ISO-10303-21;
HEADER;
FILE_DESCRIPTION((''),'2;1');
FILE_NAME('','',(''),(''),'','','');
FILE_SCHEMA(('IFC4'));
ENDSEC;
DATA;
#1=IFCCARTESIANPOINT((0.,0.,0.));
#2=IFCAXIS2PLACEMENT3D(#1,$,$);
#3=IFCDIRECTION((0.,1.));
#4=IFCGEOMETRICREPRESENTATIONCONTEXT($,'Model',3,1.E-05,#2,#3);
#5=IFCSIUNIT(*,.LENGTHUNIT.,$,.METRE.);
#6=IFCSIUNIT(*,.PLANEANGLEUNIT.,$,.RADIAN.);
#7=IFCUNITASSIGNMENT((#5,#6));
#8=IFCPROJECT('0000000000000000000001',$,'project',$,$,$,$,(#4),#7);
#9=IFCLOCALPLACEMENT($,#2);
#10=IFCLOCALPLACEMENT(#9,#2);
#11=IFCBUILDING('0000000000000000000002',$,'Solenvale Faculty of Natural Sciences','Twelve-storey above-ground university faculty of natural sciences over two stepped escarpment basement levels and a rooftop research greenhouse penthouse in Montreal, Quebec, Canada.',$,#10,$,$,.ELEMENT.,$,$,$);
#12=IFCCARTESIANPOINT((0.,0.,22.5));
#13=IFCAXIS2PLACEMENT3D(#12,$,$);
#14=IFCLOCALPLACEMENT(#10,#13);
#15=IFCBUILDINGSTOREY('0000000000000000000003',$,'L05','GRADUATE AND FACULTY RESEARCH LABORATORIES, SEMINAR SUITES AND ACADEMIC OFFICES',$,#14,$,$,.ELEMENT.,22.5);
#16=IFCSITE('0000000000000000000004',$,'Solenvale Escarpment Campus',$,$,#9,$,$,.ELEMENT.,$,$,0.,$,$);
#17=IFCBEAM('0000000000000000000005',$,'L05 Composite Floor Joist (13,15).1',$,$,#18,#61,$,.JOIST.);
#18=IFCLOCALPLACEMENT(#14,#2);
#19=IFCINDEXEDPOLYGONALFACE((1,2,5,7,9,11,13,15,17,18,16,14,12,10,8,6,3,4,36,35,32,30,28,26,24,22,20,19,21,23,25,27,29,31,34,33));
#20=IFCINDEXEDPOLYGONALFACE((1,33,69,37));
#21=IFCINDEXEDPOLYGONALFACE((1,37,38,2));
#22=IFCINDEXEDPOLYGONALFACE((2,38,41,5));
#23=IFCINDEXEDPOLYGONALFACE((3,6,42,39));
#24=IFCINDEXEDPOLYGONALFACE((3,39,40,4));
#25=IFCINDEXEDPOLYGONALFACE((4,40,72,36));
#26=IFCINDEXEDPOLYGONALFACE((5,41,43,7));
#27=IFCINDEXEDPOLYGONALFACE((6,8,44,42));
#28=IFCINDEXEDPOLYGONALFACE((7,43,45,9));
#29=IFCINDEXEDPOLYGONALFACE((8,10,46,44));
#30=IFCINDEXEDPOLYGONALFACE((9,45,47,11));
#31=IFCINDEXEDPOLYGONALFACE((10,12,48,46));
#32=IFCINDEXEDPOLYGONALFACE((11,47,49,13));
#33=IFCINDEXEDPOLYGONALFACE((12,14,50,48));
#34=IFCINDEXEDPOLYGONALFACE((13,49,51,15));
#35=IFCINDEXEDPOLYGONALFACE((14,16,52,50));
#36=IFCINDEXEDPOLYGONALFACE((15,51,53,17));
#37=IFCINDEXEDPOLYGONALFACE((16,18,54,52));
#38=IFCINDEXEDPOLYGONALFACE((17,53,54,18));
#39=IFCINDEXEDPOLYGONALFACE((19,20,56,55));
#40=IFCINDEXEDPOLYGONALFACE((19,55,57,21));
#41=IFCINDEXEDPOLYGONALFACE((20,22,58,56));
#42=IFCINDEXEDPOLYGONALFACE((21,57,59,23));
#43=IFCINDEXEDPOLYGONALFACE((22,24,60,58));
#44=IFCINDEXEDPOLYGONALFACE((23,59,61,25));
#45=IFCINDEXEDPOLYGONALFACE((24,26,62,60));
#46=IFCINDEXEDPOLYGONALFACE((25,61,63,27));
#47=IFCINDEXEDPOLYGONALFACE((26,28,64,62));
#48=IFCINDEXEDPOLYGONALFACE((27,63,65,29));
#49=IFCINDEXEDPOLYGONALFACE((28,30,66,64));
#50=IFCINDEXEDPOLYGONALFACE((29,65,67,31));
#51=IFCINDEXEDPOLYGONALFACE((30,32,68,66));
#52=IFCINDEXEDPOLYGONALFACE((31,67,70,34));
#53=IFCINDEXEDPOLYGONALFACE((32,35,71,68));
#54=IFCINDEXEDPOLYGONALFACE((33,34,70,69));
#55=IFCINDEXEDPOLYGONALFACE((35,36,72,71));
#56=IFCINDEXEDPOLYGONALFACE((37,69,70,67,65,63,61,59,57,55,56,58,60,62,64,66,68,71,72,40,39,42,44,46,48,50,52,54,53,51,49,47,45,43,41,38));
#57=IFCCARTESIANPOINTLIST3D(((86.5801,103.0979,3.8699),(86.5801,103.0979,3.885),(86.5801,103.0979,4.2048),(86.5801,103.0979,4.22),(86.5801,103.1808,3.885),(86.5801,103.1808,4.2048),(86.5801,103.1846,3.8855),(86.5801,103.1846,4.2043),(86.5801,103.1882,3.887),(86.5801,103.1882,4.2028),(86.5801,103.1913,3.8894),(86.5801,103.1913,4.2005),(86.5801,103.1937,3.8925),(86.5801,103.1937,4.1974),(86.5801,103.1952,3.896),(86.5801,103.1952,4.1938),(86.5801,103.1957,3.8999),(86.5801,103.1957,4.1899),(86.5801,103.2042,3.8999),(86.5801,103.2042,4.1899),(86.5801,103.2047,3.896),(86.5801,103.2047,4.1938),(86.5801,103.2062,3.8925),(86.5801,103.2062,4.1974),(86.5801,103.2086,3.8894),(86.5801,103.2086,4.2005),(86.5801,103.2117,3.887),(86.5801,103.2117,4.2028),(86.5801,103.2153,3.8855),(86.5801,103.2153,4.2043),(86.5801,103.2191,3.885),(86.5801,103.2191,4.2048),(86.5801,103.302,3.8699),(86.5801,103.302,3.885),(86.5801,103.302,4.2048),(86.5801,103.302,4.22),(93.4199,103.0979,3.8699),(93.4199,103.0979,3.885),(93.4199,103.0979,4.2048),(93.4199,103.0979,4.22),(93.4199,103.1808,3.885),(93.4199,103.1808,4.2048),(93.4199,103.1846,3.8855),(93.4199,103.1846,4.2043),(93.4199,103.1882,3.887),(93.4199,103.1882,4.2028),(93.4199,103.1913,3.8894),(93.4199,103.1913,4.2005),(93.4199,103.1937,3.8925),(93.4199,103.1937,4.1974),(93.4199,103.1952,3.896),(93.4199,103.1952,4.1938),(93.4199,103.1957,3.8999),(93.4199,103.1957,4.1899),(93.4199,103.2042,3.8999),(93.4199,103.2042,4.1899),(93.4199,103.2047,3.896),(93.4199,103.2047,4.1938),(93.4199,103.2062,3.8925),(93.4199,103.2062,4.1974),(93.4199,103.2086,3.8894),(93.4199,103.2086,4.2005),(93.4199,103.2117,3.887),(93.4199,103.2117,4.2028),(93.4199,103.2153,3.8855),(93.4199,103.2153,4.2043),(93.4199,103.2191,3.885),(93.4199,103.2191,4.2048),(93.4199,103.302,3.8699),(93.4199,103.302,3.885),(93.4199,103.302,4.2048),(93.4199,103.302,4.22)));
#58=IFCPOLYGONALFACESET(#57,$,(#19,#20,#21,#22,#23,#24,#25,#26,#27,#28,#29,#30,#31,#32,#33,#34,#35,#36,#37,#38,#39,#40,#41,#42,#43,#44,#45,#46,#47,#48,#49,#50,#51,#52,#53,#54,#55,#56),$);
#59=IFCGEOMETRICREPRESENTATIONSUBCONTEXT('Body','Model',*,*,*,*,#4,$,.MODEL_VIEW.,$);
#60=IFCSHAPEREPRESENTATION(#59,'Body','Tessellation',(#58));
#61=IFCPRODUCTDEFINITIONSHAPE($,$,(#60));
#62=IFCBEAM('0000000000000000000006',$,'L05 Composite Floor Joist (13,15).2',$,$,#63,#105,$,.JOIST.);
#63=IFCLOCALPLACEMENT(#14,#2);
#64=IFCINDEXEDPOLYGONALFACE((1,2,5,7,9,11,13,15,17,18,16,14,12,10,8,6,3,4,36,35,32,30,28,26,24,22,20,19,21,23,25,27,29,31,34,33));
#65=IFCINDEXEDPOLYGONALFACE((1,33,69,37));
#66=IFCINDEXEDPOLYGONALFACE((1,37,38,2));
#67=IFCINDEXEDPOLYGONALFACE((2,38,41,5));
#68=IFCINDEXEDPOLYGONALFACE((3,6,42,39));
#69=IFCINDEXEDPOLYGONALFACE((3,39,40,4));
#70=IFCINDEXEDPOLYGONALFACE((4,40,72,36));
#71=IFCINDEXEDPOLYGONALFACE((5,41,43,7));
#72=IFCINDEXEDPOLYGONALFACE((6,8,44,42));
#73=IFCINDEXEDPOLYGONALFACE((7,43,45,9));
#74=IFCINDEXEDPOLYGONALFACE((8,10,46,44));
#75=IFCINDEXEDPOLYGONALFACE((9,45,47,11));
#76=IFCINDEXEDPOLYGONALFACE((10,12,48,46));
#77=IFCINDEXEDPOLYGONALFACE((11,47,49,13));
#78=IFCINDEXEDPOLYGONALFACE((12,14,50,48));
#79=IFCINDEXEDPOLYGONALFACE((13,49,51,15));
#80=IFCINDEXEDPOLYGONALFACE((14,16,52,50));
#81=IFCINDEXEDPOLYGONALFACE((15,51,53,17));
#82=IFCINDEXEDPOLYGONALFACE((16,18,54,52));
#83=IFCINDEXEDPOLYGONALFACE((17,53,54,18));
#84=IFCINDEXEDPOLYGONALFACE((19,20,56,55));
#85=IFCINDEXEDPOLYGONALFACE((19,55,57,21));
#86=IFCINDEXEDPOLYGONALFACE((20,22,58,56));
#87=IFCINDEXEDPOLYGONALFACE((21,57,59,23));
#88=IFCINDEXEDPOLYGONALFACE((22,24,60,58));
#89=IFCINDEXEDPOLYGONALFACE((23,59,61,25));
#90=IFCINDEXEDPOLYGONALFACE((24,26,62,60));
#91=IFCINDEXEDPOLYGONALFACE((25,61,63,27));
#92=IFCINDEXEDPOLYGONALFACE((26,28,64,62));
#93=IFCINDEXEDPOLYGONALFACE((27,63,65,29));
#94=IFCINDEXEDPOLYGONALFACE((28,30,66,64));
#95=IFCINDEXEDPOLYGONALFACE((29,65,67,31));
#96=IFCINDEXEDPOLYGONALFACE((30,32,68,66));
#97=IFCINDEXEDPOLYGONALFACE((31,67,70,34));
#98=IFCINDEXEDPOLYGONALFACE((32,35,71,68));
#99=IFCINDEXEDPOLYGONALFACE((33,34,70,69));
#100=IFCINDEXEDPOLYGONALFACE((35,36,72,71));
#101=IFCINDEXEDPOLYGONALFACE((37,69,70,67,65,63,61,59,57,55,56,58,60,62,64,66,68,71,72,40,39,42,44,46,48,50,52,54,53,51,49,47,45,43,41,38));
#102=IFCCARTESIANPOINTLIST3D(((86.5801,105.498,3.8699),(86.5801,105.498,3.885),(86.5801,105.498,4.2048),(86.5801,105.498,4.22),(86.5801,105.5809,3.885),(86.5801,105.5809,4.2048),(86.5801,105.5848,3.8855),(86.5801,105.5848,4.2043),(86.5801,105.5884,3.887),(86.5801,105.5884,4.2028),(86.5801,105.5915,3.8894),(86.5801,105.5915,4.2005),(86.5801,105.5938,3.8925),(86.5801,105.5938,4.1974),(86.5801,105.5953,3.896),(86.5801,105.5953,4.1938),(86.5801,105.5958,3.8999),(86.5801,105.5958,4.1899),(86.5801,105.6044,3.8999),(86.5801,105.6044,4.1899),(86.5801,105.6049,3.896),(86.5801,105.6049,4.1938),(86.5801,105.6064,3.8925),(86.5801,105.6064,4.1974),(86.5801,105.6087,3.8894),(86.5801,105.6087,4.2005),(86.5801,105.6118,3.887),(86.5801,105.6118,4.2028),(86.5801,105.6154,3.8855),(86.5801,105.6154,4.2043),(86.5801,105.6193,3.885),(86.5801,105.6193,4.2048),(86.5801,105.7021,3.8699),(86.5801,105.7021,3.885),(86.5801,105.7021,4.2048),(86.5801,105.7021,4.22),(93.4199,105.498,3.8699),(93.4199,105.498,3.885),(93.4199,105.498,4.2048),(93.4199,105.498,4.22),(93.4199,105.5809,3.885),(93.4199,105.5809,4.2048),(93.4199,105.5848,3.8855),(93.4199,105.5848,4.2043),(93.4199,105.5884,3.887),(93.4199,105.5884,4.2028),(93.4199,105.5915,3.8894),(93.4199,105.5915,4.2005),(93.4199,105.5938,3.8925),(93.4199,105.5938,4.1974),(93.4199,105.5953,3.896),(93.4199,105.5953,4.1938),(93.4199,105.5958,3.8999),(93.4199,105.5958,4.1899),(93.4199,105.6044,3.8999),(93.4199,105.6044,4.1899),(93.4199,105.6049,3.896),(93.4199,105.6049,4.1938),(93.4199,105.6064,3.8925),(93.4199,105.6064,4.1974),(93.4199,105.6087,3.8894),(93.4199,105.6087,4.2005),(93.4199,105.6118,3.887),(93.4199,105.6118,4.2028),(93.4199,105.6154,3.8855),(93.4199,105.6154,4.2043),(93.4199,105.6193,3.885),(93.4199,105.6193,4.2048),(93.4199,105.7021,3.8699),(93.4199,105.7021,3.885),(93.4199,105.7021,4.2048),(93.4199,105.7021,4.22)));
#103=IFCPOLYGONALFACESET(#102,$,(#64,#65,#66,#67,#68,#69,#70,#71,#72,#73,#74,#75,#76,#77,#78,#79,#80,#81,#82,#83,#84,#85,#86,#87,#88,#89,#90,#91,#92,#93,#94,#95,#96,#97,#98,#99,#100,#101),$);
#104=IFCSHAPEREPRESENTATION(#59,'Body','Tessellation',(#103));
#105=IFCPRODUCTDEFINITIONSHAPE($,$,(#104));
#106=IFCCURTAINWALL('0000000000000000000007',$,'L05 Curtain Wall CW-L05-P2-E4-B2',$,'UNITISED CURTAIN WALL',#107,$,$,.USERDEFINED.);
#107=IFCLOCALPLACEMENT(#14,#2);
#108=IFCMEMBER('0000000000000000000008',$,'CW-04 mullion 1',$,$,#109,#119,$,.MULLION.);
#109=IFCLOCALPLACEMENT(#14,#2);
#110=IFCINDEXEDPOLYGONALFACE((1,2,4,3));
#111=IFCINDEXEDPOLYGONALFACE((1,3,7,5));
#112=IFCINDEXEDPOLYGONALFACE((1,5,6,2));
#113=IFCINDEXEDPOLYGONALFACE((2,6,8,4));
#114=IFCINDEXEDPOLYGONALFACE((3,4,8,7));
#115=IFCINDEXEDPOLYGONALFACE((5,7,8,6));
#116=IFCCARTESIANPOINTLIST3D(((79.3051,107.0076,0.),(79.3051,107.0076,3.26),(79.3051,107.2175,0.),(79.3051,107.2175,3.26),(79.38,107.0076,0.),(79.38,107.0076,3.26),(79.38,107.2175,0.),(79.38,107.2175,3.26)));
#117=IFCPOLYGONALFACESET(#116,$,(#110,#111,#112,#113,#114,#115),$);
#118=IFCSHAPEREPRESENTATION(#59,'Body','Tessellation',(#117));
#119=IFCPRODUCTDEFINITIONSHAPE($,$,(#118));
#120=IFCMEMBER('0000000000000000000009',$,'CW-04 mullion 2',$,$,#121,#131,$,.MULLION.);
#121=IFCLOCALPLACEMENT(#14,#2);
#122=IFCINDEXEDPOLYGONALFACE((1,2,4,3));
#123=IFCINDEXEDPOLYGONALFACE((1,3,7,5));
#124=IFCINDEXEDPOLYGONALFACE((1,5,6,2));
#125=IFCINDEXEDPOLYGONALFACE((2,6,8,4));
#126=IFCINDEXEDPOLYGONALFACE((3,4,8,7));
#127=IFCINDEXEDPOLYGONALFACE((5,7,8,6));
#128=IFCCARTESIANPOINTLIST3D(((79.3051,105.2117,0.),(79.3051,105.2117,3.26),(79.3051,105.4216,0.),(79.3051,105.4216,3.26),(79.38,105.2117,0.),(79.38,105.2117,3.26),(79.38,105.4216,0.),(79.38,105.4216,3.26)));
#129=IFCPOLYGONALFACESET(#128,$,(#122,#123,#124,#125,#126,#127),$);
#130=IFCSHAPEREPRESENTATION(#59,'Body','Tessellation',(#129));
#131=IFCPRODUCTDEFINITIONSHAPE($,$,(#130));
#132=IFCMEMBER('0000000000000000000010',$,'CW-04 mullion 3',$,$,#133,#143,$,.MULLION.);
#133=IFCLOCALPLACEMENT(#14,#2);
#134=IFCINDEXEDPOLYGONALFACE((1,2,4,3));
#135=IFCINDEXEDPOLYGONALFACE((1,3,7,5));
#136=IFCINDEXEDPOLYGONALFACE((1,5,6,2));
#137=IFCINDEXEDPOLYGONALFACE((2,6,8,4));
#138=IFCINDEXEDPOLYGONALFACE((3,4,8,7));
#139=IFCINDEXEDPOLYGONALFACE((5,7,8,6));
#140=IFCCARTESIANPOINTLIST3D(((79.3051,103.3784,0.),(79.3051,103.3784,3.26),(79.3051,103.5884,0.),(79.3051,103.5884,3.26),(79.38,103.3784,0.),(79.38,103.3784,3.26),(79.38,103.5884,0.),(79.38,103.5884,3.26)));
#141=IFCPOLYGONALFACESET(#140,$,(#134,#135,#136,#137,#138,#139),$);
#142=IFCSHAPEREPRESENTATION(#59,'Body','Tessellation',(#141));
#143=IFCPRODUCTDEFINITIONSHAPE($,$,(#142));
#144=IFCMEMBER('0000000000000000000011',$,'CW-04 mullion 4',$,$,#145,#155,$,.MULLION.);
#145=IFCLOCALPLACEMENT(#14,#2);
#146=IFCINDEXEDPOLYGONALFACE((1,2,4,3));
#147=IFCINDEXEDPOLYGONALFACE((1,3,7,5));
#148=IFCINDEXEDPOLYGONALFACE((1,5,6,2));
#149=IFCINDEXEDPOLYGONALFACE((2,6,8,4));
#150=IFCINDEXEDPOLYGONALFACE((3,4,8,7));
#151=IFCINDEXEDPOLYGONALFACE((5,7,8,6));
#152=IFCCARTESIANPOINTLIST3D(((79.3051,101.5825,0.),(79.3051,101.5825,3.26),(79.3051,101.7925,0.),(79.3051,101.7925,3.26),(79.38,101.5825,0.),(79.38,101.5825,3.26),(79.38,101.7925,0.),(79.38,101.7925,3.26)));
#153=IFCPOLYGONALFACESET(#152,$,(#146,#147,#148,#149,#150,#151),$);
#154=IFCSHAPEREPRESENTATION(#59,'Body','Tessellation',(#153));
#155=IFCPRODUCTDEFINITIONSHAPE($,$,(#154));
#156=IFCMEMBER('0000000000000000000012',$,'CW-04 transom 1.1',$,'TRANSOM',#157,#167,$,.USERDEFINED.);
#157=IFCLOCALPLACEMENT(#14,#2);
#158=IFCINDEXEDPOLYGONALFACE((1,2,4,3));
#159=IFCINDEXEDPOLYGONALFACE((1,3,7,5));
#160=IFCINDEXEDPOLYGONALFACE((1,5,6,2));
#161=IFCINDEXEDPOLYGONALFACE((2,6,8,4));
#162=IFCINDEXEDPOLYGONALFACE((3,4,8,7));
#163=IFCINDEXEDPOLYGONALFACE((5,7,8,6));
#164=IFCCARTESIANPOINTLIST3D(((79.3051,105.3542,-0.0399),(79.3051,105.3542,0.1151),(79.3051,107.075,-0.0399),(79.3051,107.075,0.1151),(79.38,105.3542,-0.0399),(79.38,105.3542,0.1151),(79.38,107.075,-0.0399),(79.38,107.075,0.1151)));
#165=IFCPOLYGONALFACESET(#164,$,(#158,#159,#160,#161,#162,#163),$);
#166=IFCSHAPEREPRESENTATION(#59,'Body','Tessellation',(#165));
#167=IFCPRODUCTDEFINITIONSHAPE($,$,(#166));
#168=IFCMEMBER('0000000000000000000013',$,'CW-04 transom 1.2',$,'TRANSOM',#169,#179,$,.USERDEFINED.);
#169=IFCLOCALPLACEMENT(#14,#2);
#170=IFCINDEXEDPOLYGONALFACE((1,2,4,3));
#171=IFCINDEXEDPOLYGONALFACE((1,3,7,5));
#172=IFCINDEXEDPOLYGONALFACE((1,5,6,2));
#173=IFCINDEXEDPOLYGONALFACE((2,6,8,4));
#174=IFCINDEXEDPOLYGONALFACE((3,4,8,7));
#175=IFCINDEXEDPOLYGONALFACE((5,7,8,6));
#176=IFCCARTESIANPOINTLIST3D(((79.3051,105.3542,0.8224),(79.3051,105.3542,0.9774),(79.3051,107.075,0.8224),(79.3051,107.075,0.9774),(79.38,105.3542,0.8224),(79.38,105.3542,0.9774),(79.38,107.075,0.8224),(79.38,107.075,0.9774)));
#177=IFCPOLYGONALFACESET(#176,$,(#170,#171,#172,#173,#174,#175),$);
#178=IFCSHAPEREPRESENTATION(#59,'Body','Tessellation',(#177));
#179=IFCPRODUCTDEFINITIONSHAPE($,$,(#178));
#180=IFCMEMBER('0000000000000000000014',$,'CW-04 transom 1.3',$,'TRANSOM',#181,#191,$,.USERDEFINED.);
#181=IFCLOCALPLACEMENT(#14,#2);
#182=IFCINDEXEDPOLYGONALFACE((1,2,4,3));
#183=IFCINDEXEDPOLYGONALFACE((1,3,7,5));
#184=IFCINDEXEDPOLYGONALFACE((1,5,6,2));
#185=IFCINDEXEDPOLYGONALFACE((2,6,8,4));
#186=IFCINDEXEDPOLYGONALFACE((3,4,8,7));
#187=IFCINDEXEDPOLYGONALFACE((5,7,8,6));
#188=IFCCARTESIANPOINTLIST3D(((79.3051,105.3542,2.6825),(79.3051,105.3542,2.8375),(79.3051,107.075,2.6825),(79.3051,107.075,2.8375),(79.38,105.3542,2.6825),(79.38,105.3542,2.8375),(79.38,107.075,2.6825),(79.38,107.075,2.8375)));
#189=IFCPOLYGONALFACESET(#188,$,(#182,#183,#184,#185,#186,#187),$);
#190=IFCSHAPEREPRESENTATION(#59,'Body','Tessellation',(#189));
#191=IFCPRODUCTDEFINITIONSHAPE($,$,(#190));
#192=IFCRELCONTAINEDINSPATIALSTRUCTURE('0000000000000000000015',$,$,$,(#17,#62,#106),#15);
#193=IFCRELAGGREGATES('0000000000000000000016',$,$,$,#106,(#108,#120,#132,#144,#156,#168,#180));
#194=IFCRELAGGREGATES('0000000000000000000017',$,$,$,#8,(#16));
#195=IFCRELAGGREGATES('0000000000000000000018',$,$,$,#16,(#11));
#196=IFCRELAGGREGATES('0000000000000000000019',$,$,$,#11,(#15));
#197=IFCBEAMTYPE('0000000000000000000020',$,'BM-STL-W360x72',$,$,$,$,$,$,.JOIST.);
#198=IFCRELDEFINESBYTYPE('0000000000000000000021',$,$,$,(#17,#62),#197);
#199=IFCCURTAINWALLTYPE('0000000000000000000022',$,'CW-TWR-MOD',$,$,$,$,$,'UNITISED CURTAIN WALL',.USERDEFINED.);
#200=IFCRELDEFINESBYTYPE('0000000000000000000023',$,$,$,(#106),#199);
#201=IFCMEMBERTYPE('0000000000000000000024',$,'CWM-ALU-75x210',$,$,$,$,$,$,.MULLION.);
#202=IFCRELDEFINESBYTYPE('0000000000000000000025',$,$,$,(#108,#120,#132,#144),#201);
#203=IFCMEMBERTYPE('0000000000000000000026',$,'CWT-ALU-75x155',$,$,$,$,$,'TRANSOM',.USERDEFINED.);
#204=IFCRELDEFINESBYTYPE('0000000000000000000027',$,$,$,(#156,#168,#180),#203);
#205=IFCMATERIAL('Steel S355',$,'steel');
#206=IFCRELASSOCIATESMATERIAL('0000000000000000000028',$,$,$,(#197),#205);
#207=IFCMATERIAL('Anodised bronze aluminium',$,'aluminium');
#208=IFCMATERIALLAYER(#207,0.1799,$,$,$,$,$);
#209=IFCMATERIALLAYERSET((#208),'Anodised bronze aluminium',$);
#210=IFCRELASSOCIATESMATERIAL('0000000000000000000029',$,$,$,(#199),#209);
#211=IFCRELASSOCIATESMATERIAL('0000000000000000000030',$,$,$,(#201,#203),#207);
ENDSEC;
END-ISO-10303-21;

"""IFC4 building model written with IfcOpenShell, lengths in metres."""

from ifc_helpers import new_model, si_unit, direction, frame, origin, origin_2d, place, context, subcontext, project, spatial, rectangle, i_section, extrude, material, layer, layer_set, material_profile, profile_set, type_object, element, aggregate, save


model = new_model("IFC4")

# Units and contexts
model_context = context("Model", 3, precision=1e-05, world=origin(), true_north=direction((0.0, 1.0)))
body_context = subcontext(model_context, "Body", "Model", "MODEL_VIEW")
ifc_project = project(units=[si_unit("LENGTHUNIT", "METRE"), si_unit("PLANEANGLEUNIT", "RADIAN")], contexts=[model_context])

# Site, building, storey
site_placement = place(None, origin())
site = spatial("IfcSite", under=ifc_project, at=site_placement, Name="Solenvale Escarpment Campus", CompositionType="ELEMENT", RefElevation=0.0)
building_placement = place(site_placement, origin())
building = spatial("IfcBuilding", under=site, at=building_placement, Name="Solenvale Faculty of Natural Sciences", Description="Twelve-storey above-ground university faculty of natural sciences over two stepped escarpment basement levels and a rooftop research greenhouse penthouse in Montreal, Quebec, Canada.", CompositionType="ELEMENT")
storey_placement = place(building_placement, frame((0.0, 0.0, 22.5)))
storey = spatial("IfcBuildingStorey", under=building, at=storey_placement, Name="L05", Description="GRADUATE AND FACULTY RESEARCH LABORATORIES, SEMINAR SUITES AND ACADEMIC OFFICES", CompositionType="ELEMENT", Elevation=22.5)

# Beams
ifc_material_1 = material(Name="Steel S355", Category="steel")
ifc_material_profile_1 = material_profile(ifc_material_1, i_section(OverallWidth=0.2041, OverallDepth=0.3501, WebThickness=0.0085, FlangeThickness=0.0151, FilletRadius=0.0149, at=origin_2d()), Name="W360x72")
ifc_profile_set_1 = profile_set([ifc_material_profile_1], Name="Steel S355")
beam_type_1 = type_object("IfcBeamType", Name="BM-STL-W360x72", PredefinedType="JOIST", material=ifc_profile_set_1)
for number, where, z_axis, x_axis, name in (
    (1, (86.5801, 103.2, 4.0449), (1.0, 0.0, 0.0), (0.0, 1.0, 0.0), "L05 Composite Floor Joist (13,15).1"),
    (2, (86.5801, 105.6001, 4.0449), (1.0, 0.0, 0.0), (0.0, 1.0, 0.0), "L05 Composite Floor Joist (13,15).2"),
):
    element("IfcBeam", number, at=place(storey_placement, frame(where, z_axis=z_axis, x_axis=x_axis)), inside=storey, type_object=beam_type_1, Name=name, PredefinedType="JOIST", context=body_context, shape_type="SweptSolid", body=[
        extrude(i_section(OverallWidth=0.2041, OverallDepth=0.3501, WebThickness=0.0085, FlangeThickness=0.0151, FilletRadius=0.0149, at=origin_2d()), origin(), (0.0, 0.0, 1.0), 6.8398),
    ])

# Curtain wall, members
ifc_material_2 = material(Name="Anodised bronze aluminium", Category="aluminium")
ifc_layer_1 = layer(ifc_material_2, 0.1799)
ifc_layer_set_1 = layer_set([ifc_layer_1], Name="Anodised bronze aluminium")
curtain_wall_type = type_object("IfcCurtainWallType", Name="CW-TWR-MOD", ElementType="UNITISED CURTAIN WALL", PredefinedType="USERDEFINED", material=ifc_layer_set_1)
curtain_wall_placement = place(storey_placement, origin())
curtain_wall = element("IfcCurtainWall", 3, at=curtain_wall_placement, inside=storey, type_object=curtain_wall_type, Name="L05 Curtain Wall CW-L05-P2-E4-B2", ObjectType="UNITISED CURTAIN WALL", PredefinedType="USERDEFINED")
ifc_material_profile_2 = material_profile(ifc_material_2, rectangle(XDim=0.075, YDim=0.21, at=origin_2d()), Name="ALU-MUL-75x210")
ifc_profile_set_2 = profile_set([ifc_material_profile_2], Name="Anodised bronze aluminium")
member_type_1 = type_object("IfcMemberType", Name="CWM-ALU-75x210", PredefinedType="MULLION", material=ifc_profile_set_2)
member_1_placement = place(storey_placement, frame((79.3425, 107.1125, 0.0), z_axis=(0.0, 0.0, 1.0), x_axis=(1.0, 0.0, 0.0)))
member_1 = element("IfcMember", 4, at=member_1_placement, type_object=member_type_1, Name="CW-04 mullion 1", PredefinedType="MULLION", context=body_context, shape_type="SweptSolid", body=[
    extrude(rectangle(XDim=0.075, YDim=0.21, at=origin_2d()), origin(), (0.0, 0.0, 1.0), 3.26),
])
member_2_placement = place(storey_placement, frame((79.3425, 105.3167, 0.0), z_axis=(0.0, 0.0, 1.0), x_axis=(1.0, 0.0, 0.0)))
member_2 = element("IfcMember", 5, at=member_2_placement, type_object=member_type_1, Name="CW-04 mullion 2", PredefinedType="MULLION", context=body_context, shape_type="SweptSolid", body=[
    extrude(rectangle(XDim=0.075, YDim=0.21, at=origin_2d()), origin(), (0.0, 0.0, 1.0), 3.26),
])
member_3_placement = place(storey_placement, frame((79.3425, 103.4834, 0.0), z_axis=(0.0, 0.0, 1.0), x_axis=(1.0, 0.0, 0.0)))
member_3 = element("IfcMember", 6, at=member_3_placement, type_object=member_type_1, Name="CW-04 mullion 3", PredefinedType="MULLION", context=body_context, shape_type="SweptSolid", body=[
    extrude(rectangle(XDim=0.075, YDim=0.21, at=origin_2d()), origin(), (0.0, 0.0, 1.0), 3.26),
])
member_4_placement = place(storey_placement, frame((79.3425, 101.6875, 0.0), z_axis=(0.0, 0.0, 1.0), x_axis=(1.0, 0.0, 0.0)))
member_4 = element("IfcMember", 7, at=member_4_placement, type_object=member_type_1, Name="CW-04 mullion 4", PredefinedType="MULLION", context=body_context, shape_type="SweptSolid", body=[
    extrude(rectangle(XDim=0.075, YDim=0.21, at=origin_2d()), origin(), (0.0, 0.0, 1.0), 3.26),
])
ifc_material_profile_3 = material_profile(ifc_material_2, rectangle(XDim=0.075, YDim=0.155, at=origin_2d()), Name="ALU-TRN-75x155")
ifc_profile_set_3 = profile_set([ifc_material_profile_3], Name="Anodised bronze aluminium")
member_type_2 = type_object("IfcMemberType", Name="CWT-ALU-75x155", ElementType="TRANSOM", PredefinedType="USERDEFINED", material=ifc_profile_set_3)
member_5_placement = place(storey_placement, frame((79.3425, 107.075, 0.0376), z_axis=(0.0, -1.0, 0.0), x_axis=(1.0, 0.0, 0.0)))
member_5 = element("IfcMember", 8, at=member_5_placement, type_object=member_type_2, Name="CW-04 transom 1.1", ObjectType="TRANSOM", PredefinedType="USERDEFINED", context=body_context, shape_type="SweptSolid", body=[
    extrude(rectangle(XDim=0.075, YDim=0.155, at=origin_2d()), origin(), (0.0, 0.0, 1.0), 1.7207),
])
member_6_placement = place(storey_placement, frame((79.3425, 107.075, 0.8999), z_axis=(0.0, -1.0, 0.0), x_axis=(1.0, 0.0, 0.0)))
member_6 = element("IfcMember", 9, at=member_6_placement, type_object=member_type_2, Name="CW-04 transom 1.2", ObjectType="TRANSOM", PredefinedType="USERDEFINED", context=body_context, shape_type="SweptSolid", body=[
    extrude(rectangle(XDim=0.075, YDim=0.155, at=origin_2d()), origin(), (0.0, 0.0, 1.0), 1.7207),
])
member_7_placement = place(storey_placement, frame((79.3425, 107.075, 2.76), z_axis=(0.0, -1.0, 0.0), x_axis=(1.0, 0.0, 0.0)))
member_7 = element("IfcMember", 10, at=member_7_placement, type_object=member_type_2, Name="CW-04 transom 1.3", ObjectType="TRANSOM", PredefinedType="USERDEFINED", context=body_context, shape_type="SweptSolid", body=[
    extrude(rectangle(XDim=0.075, YDim=0.155, at=origin_2d()), origin(), (0.0, 0.0, 1.0), 1.7207),
])
aggregate(curtain_wall, [member_1, member_2, member_3, member_4, member_5, member_6, member_7])

save(model, "model.ifc")
